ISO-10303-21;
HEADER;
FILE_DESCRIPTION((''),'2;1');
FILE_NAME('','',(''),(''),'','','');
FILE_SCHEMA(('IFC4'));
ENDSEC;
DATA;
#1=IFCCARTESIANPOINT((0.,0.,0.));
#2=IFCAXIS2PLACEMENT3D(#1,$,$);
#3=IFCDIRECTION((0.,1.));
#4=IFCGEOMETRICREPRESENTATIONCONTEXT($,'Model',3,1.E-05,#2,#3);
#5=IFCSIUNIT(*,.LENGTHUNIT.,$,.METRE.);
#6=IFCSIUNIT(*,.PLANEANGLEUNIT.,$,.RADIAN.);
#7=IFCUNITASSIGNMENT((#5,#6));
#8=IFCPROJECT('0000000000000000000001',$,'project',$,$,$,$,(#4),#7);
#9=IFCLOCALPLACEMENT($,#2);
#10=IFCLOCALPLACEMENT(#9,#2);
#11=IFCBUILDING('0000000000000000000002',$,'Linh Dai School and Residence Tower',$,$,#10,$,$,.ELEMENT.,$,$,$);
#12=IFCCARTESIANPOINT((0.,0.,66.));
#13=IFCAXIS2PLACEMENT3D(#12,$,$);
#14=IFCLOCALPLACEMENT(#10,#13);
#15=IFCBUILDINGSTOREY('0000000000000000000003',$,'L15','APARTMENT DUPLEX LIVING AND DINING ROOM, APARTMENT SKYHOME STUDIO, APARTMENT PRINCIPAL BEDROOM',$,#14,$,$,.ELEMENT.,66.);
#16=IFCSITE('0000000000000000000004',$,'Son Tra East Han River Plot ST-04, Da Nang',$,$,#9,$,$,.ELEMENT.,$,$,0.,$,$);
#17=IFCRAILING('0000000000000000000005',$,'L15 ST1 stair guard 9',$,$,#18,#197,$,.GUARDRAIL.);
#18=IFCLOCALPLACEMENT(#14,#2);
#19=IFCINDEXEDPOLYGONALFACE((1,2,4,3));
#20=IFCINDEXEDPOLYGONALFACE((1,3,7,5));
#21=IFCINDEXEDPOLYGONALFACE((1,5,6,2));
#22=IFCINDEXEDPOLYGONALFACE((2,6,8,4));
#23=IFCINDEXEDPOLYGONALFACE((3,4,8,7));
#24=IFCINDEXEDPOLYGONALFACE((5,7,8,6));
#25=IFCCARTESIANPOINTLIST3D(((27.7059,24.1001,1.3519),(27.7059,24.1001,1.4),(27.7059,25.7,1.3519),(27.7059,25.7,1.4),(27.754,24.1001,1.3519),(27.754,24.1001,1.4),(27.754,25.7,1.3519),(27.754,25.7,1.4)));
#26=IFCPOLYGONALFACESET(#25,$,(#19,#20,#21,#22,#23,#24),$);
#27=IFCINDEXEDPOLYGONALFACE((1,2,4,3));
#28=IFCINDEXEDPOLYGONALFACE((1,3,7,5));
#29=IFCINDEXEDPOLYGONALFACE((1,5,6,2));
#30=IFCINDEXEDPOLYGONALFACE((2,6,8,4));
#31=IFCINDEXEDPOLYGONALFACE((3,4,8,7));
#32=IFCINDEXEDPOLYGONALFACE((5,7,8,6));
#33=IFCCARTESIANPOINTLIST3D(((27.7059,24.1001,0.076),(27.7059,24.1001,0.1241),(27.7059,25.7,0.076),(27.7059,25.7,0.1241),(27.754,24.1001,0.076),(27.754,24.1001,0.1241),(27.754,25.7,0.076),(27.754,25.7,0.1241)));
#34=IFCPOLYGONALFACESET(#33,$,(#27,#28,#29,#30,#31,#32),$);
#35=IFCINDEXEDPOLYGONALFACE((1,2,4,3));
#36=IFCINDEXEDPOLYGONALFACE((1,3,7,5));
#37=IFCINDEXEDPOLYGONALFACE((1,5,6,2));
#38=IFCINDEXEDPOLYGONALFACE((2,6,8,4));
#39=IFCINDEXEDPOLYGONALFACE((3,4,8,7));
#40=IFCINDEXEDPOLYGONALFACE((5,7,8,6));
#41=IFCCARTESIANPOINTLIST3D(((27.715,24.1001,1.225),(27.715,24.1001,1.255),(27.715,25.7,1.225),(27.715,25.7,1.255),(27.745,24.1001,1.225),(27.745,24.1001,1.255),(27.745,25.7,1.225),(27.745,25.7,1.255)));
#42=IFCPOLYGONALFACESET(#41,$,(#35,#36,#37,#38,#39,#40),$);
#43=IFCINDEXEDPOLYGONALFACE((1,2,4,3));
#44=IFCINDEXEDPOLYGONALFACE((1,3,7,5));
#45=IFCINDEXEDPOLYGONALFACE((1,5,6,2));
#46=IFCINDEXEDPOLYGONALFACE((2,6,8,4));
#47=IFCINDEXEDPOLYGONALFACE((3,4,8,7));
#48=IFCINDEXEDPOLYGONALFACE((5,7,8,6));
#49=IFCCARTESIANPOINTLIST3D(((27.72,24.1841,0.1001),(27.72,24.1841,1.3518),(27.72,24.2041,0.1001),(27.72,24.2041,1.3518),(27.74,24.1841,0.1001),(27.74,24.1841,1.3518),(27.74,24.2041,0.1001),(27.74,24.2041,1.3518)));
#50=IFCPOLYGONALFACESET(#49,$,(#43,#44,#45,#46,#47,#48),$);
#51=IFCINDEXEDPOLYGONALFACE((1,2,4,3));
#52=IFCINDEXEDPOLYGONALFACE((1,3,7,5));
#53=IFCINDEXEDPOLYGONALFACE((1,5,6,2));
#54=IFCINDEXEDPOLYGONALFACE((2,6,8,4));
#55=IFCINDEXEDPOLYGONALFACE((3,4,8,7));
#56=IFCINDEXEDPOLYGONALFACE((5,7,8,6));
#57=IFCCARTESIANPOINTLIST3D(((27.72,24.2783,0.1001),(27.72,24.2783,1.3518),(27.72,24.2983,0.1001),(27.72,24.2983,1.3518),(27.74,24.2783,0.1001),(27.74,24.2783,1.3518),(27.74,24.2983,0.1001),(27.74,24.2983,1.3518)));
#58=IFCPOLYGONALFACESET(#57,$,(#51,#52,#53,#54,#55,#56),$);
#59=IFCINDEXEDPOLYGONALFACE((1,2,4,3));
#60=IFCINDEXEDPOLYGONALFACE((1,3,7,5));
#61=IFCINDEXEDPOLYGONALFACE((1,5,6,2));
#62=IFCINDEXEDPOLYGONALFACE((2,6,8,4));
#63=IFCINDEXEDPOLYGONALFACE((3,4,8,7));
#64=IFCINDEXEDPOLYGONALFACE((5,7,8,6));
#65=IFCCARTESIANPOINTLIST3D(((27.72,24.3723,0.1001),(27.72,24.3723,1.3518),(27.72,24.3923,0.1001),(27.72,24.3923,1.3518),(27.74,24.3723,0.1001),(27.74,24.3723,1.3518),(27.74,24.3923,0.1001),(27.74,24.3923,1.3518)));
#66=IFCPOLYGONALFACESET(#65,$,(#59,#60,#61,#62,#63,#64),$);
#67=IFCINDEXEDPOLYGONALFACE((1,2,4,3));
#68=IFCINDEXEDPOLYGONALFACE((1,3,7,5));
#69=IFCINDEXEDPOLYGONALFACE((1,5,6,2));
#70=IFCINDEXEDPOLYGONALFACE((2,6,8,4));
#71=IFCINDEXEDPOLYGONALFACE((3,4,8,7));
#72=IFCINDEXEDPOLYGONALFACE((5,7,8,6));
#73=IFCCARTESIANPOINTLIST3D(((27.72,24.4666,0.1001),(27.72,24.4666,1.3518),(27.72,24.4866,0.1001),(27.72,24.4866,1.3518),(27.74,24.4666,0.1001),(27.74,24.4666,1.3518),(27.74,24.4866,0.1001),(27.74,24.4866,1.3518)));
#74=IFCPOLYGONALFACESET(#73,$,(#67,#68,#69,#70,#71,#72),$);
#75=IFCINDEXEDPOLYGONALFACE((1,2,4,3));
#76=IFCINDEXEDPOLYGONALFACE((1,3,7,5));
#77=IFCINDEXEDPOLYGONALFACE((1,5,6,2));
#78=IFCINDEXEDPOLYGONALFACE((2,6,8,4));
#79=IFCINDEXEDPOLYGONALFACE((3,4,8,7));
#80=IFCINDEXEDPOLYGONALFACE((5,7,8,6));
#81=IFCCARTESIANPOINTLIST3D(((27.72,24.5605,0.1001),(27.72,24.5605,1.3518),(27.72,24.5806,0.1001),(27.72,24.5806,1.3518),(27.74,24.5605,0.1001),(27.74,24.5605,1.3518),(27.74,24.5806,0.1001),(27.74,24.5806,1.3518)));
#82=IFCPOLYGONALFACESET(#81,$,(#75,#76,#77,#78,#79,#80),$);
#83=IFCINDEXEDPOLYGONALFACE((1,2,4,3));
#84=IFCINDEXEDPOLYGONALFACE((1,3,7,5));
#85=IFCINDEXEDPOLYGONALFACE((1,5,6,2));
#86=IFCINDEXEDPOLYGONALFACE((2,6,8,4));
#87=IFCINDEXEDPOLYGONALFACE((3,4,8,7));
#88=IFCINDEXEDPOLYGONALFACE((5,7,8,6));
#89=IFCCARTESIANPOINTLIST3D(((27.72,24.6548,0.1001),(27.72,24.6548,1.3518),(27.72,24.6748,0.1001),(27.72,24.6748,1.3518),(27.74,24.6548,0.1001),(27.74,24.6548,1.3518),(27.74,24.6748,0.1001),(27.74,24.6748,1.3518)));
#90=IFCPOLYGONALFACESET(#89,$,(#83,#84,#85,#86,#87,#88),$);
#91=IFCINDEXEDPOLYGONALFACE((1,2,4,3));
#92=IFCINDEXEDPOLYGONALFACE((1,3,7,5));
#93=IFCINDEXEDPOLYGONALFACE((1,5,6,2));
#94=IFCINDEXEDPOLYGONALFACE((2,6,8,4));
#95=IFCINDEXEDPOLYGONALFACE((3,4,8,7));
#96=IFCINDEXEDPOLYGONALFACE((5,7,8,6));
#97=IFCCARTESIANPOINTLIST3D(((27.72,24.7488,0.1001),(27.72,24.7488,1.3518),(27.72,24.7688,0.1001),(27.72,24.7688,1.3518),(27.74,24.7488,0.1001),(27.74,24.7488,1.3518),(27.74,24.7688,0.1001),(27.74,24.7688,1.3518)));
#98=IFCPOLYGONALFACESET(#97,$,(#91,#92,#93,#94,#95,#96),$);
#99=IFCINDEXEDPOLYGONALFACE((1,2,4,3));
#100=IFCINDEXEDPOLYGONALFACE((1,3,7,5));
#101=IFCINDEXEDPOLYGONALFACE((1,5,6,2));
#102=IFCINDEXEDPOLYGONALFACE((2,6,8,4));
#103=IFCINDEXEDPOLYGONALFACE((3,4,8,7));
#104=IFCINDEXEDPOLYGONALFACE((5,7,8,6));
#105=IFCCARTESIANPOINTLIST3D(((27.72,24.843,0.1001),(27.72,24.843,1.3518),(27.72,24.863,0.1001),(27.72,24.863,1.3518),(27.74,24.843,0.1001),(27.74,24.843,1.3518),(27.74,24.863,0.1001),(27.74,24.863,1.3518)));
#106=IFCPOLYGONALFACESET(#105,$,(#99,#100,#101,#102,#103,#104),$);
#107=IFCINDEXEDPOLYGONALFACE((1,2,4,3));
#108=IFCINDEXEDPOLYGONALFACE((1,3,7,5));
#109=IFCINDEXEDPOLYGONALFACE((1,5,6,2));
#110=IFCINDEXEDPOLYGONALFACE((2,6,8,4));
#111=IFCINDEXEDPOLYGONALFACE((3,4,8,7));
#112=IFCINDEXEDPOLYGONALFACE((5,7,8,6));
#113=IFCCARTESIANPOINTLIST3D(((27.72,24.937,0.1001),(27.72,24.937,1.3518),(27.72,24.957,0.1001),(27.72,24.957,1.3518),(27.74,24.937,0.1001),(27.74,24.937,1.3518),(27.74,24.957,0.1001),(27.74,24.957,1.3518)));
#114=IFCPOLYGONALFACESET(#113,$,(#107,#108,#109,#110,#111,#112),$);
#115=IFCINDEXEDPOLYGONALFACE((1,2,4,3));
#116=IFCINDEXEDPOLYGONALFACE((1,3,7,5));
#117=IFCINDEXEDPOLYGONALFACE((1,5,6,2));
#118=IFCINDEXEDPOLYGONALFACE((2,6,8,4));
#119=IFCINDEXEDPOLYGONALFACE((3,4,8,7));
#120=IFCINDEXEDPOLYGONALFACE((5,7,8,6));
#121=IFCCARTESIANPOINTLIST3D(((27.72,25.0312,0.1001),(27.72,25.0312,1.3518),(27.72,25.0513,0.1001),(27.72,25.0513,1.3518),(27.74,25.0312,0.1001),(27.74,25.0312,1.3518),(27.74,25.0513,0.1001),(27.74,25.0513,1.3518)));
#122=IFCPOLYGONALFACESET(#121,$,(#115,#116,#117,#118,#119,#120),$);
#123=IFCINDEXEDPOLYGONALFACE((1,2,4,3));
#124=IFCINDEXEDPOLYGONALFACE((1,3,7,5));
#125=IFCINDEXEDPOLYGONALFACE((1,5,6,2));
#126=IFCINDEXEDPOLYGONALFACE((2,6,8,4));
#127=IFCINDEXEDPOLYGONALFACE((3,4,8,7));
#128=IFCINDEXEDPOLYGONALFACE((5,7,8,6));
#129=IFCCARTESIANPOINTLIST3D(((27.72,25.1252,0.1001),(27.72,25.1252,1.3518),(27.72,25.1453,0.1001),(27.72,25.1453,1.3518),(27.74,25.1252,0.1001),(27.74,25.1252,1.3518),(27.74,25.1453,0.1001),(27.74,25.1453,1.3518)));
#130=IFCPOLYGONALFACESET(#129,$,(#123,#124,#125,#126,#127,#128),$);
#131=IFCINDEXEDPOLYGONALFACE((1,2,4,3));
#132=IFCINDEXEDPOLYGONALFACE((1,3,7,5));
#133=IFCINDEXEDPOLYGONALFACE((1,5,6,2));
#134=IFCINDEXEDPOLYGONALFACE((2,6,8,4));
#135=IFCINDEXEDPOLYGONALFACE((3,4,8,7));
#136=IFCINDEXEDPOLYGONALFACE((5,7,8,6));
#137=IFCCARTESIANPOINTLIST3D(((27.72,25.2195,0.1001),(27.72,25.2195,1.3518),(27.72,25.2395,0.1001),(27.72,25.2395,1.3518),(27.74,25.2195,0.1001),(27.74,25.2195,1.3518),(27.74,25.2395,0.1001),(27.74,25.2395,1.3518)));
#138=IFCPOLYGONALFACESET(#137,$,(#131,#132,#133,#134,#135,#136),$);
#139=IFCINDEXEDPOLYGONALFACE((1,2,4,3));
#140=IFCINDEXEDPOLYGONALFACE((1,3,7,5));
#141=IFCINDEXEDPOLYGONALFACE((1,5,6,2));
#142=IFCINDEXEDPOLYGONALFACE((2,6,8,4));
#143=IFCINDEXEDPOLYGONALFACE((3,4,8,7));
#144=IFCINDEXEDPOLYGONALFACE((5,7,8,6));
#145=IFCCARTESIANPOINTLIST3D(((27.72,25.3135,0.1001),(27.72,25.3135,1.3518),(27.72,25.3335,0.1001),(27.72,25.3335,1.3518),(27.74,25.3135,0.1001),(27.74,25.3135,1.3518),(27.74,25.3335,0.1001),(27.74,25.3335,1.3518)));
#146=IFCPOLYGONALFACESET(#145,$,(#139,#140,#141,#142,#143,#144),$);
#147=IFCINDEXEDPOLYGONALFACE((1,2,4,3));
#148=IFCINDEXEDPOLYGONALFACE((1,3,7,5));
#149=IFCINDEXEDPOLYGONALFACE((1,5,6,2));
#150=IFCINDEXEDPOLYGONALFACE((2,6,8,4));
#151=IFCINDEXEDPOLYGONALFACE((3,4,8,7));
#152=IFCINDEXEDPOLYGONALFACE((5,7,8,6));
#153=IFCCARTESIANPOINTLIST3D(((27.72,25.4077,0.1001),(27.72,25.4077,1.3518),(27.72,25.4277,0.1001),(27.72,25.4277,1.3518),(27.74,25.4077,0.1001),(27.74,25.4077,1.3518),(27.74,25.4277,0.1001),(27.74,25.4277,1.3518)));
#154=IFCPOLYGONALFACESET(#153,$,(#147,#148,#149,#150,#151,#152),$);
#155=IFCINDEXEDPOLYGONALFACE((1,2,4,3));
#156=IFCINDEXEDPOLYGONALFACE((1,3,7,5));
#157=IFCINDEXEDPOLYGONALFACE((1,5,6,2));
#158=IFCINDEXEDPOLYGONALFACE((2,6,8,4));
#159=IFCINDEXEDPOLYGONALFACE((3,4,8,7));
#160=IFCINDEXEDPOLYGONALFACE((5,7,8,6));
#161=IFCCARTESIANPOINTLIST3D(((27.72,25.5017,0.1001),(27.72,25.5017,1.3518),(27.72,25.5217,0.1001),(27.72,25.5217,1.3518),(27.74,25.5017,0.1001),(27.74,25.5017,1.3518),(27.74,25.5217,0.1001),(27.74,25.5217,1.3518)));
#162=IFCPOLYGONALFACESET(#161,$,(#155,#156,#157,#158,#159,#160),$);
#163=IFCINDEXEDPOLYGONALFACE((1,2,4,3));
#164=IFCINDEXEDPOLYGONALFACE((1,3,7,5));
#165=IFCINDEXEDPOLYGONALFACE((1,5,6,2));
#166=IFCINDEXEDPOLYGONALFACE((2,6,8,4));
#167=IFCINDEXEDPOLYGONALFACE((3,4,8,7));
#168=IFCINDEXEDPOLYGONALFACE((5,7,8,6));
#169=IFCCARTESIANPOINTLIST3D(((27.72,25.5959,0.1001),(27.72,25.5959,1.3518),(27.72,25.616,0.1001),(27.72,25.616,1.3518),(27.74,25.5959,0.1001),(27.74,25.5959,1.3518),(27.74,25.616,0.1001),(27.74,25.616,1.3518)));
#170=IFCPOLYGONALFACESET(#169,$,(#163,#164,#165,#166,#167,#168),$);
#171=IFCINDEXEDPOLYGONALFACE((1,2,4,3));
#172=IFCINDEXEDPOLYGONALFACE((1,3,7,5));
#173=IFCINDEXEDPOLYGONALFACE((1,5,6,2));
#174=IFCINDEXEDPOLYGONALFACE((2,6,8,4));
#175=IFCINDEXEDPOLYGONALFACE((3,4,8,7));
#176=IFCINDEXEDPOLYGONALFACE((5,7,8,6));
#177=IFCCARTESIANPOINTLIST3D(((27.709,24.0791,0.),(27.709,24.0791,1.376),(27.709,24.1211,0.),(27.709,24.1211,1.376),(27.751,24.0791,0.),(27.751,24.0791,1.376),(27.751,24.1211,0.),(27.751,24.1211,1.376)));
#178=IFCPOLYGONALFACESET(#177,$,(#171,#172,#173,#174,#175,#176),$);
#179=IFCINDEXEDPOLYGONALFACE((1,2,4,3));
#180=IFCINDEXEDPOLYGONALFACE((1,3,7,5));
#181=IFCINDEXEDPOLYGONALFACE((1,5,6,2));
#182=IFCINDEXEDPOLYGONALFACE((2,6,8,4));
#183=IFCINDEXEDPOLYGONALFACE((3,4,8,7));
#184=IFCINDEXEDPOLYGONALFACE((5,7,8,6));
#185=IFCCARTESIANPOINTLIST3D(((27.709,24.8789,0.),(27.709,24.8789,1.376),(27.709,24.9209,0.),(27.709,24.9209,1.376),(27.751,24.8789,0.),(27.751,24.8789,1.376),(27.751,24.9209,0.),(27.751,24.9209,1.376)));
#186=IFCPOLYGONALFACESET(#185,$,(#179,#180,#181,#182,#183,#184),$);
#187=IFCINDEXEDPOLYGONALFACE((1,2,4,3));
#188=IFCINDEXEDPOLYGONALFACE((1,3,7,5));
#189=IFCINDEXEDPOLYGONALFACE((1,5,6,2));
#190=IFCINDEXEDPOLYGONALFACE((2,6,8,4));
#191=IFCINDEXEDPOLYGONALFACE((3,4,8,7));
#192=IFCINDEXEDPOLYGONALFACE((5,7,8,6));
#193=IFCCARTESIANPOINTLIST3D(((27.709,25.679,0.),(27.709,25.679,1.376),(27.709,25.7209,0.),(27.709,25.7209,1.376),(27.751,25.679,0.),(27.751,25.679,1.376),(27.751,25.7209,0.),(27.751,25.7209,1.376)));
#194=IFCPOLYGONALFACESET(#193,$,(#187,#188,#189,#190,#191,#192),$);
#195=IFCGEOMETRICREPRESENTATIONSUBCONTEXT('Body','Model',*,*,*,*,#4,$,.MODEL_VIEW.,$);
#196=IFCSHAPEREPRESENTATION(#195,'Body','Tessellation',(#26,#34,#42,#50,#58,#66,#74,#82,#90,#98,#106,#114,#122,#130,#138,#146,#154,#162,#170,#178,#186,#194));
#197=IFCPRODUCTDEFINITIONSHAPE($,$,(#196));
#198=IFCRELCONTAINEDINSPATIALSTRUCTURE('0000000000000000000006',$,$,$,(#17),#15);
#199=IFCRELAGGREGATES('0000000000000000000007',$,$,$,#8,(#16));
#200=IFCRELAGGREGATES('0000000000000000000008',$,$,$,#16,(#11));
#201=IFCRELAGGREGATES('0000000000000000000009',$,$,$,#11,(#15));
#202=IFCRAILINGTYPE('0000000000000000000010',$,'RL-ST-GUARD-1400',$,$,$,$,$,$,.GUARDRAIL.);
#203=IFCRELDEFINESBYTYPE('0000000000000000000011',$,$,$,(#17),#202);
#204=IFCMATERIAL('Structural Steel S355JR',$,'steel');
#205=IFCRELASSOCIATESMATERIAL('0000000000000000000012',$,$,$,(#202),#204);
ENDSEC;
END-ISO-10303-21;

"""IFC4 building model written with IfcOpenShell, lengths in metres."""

from ifc_helpers import new_model, si_unit, direction, frame, origin, origin_2d, place, context, subcontext, project, spatial, rectangle, extrude, source, transform, mapped, material, type_object, element, save


model = new_model("IFC4")

# Units and contexts
model_context = context("Model", 3, precision=1e-05, world=origin(), true_north=direction((0.0, 1.0)))
body_context = subcontext(model_context, "Body", "Model", "MODEL_VIEW")
ifc_project = project(units=[si_unit("LENGTHUNIT", "METRE"), si_unit("PLANEANGLEUNIT", "RADIAN")], contexts=[model_context])

# Site, building, storey
site_placement = place(None, origin())
site = spatial("IfcSite", under=ifc_project, at=site_placement, Name="Son Tra East Han River Plot ST-04, Da Nang", CompositionType="ELEMENT", RefElevation=0.0)
building_placement = place(site_placement, origin())
building = spatial("IfcBuilding", under=site, at=building_placement, Name="Linh Dai School and Residence Tower", CompositionType="ELEMENT")
storey_placement = place(building_placement, frame((0.0, 0.0, 66.0)))
storey = spatial("IfcBuildingStorey", under=building, at=storey_placement, Name="L15", Description="APARTMENT DUPLEX LIVING AND DINING ROOM, APARTMENT SKYHOME STUDIO, APARTMENT PRINCIPAL BEDROOM", CompositionType="ELEMENT", Elevation=66.0)

# Shared definitions
ifc_material_1 = material(Name="Structural Steel S355JR", Category="steel")

# Railing
railing_type_1 = type_object("IfcRailingType", Name="RL-ST-GUARD-1400", PredefinedType="GUARDRAIL", material=ifc_material_1)
shared_shape_1 = source(origin(), body_context, "Body", "SweptSolid", [
    extrude(rectangle(XDim=0.0481, YDim=0.0481, at=origin_2d()), frame((0.0, 0.0, 1.376), z_axis=(0.0, 1.0, 0.0), x_axis=(-1.0, 0.0, 0.0)), (0.0, 0.0, 1.0), 1.5999),
    extrude(rectangle(XDim=0.0481, YDim=0.0481, at=origin_2d()), frame((0.0, 0.0, 0.1001), z_axis=(0.0, 1.0, 0.0), x_axis=(-1.0, 0.0, 0.0)), (0.0, 0.0, 1.0), 1.5999),
    extrude(rectangle(XDim=0.03, YDim=0.03, at=origin_2d()), frame((0.0, 0.0, 1.24), z_axis=(0.0, 1.0, 0.0), x_axis=(-1.0, 0.0, 0.0)), (0.0, 0.0, 1.0), 1.5999),
    extrude(rectangle(XDim=0.02, YDim=0.02, at=origin_2d()), frame((0.0, 0.094, 0.1001)), (0.0, 0.0, 1.0), 1.2517),
    extrude(rectangle(XDim=0.02, YDim=0.02, at=origin_2d()), frame((0.0, 0.1882, 0.1001)), (0.0, 0.0, 1.0), 1.2517),
    extrude(rectangle(XDim=0.02, YDim=0.02, at=origin_2d()), frame((0.0, 0.2822, 0.1001)), (0.0, 0.0, 1.0), 1.2517),
    extrude(rectangle(XDim=0.02, YDim=0.02, at=origin_2d()), frame((0.0, 0.3765, 0.1001)), (0.0, 0.0, 1.0), 1.2517),
    extrude(rectangle(XDim=0.02, YDim=0.02, at=origin_2d()), frame((0.0, 0.4705, 0.1001)), (0.0, 0.0, 1.0), 1.2517),
    extrude(rectangle(XDim=0.02, YDim=0.02, at=origin_2d()), frame((0.0, 0.5647, 0.1001)), (0.0, 0.0, 1.0), 1.2517),
    extrude(rectangle(XDim=0.02, YDim=0.02, at=origin_2d()), frame((0.0, 0.6587, 0.1001)), (0.0, 0.0, 1.0), 1.2517),
    extrude(rectangle(XDim=0.02, YDim=0.02, at=origin_2d()), frame((0.0, 0.7529, 0.1001)), (0.0, 0.0, 1.0), 1.2517),
    extrude(rectangle(XDim=0.02, YDim=0.02, at=origin_2d()), frame((0.0, 0.8469, 0.1001)), (0.0, 0.0, 1.0), 1.2517),
    extrude(rectangle(XDim=0.02, YDim=0.02, at=origin_2d()), frame((0.0, 0.9412, 0.1001)), (0.0, 0.0, 1.0), 1.2517),
    extrude(rectangle(XDim=0.02, YDim=0.02, at=origin_2d()), frame((0.0, 1.0352, 0.1001)), (0.0, 0.0, 1.0), 1.2517),
    extrude(rectangle(XDim=0.02, YDim=0.02, at=origin_2d()), frame((0.0, 1.1294, 0.1001)), (0.0, 0.0, 1.0), 1.2517),
    extrude(rectangle(XDim=0.02, YDim=0.02, at=origin_2d()), frame((0.0, 1.2234, 0.1001)), (0.0, 0.0, 1.0), 1.2517),
    extrude(rectangle(XDim=0.02, YDim=0.02, at=origin_2d()), frame((0.0, 1.3176, 0.1001)), (0.0, 0.0, 1.0), 1.2517),
    extrude(rectangle(XDim=0.02, YDim=0.02, at=origin_2d()), frame((0.0, 1.4116, 0.1001)), (0.0, 0.0, 1.0), 1.2517),
    extrude(rectangle(XDim=0.02, YDim=0.02, at=origin_2d()), frame((0.0, 1.5059, 0.1001)), (0.0, 0.0, 1.0), 1.2517),
    extrude(rectangle(XDim=0.042, YDim=0.042, at=origin_2d()), origin(), (0.0, 0.0, 1.0), 1.376),
    extrude(rectangle(XDim=0.042, YDim=0.042, at=origin_2d()), frame((0.0, 0.7998, 0.0)), (0.0, 0.0, 1.0), 1.376),
    extrude(rectangle(XDim=0.042, YDim=0.042, at=origin_2d()), frame((0.0, 1.5999, 0.0)), (0.0, 0.0, 1.0), 1.376),
])
for number, where, name in (
    (1, (27.73, 24.1001, 0.0), "L15 ST1 stair guard 9"),
):
    element("IfcRailing", number, at=place(storey_placement, frame(where)), inside=storey, type_object=railing_type_1, Name=name, PredefinedType="GUARDRAIL", context=body_context, shape_type="MappedRepresentation", body=[
        mapped(shared_shape_1, transform((0.0, 0.0, 0.0), x_axis=(1.0, 0.0, 0.0), y_axis=(0.0, 1.0, 0.0), z_axis=(0.0, 0.0, 1.0), scale=1.0)),
    ])

save(model, "model.ifc")
